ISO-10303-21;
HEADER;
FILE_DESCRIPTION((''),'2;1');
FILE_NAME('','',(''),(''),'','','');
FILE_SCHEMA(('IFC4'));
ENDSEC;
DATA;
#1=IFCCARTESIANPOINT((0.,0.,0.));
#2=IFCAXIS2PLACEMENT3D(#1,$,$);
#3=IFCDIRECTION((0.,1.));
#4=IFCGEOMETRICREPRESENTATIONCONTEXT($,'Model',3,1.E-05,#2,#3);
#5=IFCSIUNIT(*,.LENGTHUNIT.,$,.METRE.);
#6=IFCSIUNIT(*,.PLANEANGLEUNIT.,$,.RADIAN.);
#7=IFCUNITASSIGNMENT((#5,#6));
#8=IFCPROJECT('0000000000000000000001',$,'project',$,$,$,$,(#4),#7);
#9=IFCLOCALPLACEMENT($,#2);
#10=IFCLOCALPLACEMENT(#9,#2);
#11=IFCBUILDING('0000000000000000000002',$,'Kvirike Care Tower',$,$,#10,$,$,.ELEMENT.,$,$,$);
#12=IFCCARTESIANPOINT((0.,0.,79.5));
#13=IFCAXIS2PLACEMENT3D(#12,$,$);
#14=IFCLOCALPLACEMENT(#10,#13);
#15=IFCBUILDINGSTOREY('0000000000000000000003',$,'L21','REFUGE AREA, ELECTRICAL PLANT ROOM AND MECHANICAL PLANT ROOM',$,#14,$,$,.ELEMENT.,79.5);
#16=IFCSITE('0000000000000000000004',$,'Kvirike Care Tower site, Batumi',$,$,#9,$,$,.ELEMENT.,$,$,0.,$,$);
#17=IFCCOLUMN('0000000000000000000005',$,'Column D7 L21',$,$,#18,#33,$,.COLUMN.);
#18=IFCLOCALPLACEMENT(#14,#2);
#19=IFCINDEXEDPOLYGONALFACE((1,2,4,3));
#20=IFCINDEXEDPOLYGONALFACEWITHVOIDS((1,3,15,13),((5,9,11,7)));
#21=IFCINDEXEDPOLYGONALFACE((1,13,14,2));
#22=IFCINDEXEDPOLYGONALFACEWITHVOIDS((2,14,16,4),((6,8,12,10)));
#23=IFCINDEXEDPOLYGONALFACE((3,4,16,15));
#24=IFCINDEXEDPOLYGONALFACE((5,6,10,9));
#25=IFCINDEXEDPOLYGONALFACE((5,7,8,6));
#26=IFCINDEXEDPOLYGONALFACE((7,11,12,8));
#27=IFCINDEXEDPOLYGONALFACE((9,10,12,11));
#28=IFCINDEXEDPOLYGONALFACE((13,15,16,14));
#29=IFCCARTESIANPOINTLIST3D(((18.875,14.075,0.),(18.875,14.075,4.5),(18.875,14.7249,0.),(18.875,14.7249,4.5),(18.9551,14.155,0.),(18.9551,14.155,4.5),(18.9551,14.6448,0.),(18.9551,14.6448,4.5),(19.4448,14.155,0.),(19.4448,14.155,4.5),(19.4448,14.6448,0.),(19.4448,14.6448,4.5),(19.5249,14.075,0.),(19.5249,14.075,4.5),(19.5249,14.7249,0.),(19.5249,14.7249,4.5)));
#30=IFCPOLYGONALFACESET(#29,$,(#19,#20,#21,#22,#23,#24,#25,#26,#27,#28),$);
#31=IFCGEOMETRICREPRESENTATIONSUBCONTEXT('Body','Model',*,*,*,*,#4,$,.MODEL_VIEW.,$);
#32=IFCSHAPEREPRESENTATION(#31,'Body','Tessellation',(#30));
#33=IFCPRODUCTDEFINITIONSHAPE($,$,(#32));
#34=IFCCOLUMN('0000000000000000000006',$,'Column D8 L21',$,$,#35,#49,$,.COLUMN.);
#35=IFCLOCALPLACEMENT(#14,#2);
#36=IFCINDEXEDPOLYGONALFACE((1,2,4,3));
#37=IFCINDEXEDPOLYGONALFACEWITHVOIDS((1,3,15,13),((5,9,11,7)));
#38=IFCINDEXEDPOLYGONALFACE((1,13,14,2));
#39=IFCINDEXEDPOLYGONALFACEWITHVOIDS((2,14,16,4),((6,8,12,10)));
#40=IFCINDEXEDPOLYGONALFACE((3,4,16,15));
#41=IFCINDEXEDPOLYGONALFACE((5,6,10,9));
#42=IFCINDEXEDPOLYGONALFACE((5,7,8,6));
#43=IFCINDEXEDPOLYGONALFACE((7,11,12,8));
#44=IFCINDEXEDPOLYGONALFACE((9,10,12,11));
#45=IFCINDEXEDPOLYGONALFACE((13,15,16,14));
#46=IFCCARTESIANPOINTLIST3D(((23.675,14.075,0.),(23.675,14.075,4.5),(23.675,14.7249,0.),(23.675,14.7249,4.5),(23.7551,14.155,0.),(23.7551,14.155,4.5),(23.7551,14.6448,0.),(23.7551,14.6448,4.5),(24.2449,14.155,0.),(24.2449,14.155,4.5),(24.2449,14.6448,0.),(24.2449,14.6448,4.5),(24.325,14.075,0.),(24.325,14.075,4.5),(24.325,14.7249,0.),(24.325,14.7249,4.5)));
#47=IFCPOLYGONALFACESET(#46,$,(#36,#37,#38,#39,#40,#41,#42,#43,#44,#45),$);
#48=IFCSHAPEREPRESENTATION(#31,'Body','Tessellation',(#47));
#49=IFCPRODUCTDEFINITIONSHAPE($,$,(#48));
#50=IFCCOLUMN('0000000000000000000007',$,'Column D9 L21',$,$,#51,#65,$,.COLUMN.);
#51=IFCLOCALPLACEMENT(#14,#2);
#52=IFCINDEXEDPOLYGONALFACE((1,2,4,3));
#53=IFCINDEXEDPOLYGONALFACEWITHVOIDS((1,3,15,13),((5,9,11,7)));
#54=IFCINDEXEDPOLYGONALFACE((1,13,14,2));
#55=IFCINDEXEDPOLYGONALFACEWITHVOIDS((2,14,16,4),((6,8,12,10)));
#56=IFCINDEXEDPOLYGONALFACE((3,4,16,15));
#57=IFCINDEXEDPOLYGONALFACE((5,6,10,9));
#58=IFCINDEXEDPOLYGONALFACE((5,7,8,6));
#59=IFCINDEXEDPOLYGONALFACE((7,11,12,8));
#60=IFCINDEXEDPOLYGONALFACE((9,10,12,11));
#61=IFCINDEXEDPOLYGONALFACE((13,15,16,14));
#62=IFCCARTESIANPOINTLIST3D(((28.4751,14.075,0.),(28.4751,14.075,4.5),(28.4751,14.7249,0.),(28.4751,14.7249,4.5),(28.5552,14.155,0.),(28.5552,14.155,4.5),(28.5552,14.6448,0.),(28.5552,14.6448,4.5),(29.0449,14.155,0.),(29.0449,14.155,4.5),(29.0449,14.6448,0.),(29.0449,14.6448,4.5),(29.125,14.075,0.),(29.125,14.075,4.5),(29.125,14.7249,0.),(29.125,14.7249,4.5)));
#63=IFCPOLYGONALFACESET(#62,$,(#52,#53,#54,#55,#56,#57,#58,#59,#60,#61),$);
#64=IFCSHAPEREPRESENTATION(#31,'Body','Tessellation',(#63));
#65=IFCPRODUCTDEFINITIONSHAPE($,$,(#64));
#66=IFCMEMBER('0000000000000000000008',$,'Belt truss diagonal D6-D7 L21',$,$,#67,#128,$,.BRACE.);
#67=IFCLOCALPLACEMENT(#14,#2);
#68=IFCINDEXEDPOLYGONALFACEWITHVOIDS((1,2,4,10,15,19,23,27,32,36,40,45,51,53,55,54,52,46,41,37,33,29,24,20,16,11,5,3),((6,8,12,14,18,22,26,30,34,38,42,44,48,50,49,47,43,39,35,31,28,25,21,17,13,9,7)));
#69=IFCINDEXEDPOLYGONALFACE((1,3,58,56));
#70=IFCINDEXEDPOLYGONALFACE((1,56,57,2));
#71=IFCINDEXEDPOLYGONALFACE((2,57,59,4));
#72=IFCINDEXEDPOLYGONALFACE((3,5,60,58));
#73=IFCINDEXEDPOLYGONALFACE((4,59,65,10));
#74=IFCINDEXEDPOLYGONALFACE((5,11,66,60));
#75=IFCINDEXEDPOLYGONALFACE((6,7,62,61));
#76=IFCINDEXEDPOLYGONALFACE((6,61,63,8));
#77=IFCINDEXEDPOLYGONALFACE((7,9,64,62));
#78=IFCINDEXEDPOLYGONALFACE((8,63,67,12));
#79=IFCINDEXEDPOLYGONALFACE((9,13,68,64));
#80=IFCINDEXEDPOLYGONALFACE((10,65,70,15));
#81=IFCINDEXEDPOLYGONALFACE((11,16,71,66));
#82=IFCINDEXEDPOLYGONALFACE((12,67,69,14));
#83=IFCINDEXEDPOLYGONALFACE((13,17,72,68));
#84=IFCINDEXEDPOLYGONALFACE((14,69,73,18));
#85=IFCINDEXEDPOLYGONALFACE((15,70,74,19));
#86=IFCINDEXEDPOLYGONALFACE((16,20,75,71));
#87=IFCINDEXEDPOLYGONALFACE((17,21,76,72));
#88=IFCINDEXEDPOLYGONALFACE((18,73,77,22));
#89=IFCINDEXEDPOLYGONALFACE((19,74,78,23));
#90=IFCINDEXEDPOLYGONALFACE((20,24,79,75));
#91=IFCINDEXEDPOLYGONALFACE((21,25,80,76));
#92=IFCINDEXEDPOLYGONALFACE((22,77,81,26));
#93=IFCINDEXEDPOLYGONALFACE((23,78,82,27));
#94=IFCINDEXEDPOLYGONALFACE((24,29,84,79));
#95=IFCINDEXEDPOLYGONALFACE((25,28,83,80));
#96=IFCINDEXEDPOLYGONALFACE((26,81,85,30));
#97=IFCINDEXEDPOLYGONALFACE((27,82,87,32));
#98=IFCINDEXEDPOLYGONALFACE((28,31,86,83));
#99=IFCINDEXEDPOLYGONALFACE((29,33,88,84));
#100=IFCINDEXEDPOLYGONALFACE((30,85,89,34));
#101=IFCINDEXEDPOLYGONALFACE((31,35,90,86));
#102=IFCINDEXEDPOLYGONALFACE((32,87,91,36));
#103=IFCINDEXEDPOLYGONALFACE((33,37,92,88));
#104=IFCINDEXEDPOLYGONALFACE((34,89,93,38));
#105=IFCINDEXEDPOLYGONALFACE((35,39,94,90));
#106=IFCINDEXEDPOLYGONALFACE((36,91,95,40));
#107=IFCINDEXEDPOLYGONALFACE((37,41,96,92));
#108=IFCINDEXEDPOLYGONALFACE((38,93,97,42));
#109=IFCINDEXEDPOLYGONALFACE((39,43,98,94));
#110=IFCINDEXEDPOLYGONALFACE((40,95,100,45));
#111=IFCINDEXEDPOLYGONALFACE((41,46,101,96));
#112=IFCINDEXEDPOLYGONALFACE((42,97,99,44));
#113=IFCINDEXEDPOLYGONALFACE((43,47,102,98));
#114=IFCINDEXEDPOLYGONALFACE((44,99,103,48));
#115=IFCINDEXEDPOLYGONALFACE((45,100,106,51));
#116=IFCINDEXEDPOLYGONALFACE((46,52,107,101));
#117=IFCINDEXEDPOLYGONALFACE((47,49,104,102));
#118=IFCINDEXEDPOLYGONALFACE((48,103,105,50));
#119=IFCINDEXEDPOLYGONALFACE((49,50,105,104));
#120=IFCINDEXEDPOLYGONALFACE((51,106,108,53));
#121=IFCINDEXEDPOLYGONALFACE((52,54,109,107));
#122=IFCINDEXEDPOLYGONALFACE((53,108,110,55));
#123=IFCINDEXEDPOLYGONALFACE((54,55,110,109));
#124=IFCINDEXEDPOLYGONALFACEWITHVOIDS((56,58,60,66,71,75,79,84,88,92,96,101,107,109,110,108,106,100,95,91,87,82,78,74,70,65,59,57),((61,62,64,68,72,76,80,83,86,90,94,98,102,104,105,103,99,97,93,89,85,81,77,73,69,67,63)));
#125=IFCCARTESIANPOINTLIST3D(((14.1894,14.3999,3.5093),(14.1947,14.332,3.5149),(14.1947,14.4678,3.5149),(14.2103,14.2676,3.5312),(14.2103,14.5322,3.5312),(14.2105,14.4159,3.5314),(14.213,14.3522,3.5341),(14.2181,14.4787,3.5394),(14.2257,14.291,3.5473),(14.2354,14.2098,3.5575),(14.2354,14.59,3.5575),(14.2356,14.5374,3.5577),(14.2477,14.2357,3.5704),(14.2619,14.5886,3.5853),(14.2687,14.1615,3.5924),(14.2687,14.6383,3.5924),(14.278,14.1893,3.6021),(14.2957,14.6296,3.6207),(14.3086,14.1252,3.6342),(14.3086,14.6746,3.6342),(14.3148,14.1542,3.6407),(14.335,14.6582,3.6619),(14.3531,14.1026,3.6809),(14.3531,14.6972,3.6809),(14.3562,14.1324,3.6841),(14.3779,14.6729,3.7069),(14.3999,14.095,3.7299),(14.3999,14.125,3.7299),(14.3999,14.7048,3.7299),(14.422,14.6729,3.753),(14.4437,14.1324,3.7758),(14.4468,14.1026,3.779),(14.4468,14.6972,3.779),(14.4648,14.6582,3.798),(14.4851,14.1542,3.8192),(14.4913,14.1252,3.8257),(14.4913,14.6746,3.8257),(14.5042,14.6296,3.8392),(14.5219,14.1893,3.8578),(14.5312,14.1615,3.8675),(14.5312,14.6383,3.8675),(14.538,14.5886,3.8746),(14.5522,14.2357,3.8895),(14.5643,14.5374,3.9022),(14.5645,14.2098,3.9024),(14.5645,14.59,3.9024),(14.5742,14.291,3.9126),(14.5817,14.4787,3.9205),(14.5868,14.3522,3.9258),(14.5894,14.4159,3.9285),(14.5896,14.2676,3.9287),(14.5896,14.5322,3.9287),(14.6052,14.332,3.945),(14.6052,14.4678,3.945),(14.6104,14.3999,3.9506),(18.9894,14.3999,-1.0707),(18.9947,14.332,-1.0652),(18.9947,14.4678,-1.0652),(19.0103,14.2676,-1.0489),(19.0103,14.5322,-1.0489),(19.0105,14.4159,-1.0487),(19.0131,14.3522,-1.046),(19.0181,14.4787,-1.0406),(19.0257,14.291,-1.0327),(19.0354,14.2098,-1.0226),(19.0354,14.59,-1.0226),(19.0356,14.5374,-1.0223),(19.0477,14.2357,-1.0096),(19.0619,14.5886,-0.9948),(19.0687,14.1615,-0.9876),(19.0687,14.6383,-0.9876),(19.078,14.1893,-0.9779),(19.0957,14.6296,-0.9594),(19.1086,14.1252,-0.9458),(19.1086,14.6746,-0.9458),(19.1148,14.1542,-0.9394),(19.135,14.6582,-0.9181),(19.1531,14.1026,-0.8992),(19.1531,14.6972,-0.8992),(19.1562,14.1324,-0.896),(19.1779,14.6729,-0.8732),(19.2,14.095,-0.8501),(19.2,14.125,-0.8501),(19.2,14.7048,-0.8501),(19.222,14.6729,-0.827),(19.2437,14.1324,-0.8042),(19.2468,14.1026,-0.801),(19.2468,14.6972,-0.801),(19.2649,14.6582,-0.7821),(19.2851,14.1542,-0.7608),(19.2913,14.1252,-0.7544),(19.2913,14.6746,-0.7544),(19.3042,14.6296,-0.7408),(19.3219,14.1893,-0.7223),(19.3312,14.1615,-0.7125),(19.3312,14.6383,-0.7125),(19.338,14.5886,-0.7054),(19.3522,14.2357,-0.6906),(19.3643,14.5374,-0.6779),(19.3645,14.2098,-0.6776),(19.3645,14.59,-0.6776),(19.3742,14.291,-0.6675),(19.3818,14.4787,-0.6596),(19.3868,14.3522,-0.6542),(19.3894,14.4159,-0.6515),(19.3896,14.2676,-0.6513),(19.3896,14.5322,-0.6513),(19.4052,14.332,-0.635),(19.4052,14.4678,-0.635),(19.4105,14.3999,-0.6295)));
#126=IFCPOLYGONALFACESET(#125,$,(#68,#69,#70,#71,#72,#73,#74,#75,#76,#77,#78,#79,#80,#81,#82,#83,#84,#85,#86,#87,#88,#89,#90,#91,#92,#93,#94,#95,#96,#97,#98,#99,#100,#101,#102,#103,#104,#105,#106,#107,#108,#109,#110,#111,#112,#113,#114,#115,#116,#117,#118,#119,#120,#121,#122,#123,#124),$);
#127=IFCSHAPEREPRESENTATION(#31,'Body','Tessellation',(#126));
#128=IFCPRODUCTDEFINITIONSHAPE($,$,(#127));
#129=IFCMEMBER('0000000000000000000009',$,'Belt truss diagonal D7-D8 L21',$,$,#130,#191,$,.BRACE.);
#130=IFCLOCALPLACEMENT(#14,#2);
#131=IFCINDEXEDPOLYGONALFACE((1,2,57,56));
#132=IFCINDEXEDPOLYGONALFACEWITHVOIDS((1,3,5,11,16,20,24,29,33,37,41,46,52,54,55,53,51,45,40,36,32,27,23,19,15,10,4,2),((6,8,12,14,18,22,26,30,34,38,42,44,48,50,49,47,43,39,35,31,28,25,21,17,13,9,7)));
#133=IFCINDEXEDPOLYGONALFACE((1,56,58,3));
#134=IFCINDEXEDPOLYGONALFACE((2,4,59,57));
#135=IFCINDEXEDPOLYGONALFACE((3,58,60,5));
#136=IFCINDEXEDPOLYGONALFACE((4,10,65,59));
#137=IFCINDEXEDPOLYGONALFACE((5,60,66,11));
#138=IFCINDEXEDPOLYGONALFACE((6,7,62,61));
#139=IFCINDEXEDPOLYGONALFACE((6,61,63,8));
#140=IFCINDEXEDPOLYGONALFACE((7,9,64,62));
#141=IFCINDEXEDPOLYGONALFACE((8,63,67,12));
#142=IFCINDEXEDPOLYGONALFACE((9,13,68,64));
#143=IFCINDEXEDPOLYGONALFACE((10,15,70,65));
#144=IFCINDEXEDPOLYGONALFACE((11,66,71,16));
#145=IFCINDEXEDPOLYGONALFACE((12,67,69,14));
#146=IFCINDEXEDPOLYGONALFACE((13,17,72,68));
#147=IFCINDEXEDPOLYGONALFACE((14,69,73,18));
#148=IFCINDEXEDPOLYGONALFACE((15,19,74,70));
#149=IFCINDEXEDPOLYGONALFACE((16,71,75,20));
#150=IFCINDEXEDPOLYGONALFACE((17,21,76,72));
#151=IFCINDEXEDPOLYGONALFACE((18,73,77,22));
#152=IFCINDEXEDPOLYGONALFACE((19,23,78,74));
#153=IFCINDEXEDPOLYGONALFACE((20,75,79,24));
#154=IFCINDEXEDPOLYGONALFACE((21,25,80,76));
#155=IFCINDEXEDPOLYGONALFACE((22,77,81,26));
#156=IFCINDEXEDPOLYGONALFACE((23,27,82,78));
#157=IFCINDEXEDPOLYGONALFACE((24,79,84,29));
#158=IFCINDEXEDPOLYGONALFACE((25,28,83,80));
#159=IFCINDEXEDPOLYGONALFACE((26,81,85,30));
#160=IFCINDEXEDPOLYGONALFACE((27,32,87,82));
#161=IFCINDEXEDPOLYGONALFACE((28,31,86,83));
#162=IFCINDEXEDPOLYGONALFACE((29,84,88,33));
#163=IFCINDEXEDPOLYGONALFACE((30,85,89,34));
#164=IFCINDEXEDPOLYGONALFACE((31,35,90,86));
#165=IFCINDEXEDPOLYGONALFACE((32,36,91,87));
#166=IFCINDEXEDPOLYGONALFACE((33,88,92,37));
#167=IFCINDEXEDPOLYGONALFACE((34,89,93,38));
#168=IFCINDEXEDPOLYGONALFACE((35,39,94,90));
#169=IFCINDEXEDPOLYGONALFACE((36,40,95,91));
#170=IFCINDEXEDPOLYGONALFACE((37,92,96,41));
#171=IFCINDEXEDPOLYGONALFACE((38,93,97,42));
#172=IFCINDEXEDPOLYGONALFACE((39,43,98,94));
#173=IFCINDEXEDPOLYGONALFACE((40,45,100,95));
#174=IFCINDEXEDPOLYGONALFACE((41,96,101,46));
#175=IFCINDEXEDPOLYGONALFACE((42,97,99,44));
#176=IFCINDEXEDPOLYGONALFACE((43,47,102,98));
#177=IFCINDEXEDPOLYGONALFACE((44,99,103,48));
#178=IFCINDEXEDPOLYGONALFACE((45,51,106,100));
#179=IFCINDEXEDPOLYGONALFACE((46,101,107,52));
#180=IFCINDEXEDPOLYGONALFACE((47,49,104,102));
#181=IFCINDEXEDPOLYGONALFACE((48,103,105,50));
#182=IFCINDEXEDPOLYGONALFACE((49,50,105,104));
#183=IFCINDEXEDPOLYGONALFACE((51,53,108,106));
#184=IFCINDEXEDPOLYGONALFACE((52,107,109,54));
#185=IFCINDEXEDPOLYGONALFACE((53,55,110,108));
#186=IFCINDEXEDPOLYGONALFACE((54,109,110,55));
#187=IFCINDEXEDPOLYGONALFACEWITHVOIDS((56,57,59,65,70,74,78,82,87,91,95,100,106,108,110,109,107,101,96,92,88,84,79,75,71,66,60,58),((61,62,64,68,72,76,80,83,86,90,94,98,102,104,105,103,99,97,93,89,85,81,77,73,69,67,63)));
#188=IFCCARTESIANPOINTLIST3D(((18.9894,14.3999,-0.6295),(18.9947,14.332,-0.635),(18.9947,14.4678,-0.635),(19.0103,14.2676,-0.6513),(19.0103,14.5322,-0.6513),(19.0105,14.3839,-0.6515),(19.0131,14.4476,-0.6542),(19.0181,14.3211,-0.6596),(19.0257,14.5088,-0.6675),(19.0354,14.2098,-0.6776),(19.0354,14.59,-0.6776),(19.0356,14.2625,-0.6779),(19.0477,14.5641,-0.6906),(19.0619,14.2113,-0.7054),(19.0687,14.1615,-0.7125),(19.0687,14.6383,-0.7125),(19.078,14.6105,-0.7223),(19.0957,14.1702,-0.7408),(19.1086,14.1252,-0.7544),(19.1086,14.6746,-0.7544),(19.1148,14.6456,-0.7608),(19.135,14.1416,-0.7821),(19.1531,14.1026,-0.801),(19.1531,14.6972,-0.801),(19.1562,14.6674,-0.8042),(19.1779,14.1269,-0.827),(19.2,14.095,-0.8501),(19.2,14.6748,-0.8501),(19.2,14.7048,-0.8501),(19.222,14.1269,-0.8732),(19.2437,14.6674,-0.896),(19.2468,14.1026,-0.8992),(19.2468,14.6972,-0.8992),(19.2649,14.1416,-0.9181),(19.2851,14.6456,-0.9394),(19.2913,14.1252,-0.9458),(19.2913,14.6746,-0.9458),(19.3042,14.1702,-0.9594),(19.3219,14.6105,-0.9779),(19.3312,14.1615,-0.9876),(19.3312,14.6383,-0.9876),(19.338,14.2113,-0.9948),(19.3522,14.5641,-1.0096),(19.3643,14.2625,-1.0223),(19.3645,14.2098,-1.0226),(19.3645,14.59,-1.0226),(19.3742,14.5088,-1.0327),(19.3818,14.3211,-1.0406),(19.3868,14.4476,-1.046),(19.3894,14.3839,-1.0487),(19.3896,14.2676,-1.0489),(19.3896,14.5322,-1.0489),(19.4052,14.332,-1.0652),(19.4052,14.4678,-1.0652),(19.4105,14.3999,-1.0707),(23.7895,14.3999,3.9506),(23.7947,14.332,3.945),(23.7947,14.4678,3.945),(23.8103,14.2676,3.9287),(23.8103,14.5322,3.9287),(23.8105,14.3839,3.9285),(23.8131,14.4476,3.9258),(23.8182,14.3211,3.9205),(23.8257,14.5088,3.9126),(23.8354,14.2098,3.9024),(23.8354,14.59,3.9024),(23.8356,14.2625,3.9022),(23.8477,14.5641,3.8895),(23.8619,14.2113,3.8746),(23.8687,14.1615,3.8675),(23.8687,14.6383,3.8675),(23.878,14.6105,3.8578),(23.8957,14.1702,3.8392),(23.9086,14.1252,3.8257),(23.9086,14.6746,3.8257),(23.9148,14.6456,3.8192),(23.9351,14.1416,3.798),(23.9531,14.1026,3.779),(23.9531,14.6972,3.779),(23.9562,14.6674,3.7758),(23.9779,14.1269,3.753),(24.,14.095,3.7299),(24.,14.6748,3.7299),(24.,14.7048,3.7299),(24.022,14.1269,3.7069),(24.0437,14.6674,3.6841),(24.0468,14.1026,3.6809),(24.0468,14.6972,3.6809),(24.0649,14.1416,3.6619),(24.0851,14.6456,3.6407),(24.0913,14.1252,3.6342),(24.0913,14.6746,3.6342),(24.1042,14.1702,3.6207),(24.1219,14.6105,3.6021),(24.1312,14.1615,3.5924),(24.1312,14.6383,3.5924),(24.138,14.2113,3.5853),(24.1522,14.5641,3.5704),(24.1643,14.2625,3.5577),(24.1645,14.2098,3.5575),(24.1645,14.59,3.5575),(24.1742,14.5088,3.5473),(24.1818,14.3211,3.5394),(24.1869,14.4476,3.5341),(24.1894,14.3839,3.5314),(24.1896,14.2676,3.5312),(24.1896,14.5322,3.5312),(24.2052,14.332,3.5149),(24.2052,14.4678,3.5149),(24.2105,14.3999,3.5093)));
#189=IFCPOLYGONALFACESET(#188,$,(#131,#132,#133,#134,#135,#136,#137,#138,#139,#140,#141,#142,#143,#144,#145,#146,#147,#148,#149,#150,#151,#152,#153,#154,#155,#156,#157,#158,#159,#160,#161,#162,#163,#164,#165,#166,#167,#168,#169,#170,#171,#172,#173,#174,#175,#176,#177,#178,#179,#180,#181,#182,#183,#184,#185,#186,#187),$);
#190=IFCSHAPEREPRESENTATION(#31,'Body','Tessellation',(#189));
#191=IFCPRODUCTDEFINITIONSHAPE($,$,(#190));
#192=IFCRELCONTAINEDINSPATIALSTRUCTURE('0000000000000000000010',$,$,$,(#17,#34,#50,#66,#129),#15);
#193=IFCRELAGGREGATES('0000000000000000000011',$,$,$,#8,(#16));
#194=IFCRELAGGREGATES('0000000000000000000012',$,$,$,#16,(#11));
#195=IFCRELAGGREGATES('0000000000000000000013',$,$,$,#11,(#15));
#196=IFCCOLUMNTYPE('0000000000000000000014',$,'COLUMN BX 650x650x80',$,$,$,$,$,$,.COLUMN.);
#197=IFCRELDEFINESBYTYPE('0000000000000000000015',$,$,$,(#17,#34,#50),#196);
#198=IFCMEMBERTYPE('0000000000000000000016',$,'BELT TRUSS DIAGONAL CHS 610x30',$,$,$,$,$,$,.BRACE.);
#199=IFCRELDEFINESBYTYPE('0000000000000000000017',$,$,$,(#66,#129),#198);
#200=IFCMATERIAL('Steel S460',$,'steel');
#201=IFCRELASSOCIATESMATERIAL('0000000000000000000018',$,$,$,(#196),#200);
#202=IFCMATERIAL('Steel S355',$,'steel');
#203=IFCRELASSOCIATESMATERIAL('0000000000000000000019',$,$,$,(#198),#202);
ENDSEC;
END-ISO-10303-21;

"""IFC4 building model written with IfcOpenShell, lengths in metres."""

from ifc_helpers import new_model, si_unit, direction, frame, origin, origin_2d, place, context, subcontext, project, spatial, hollow_rectangle, hollow_circle, extrude, material, material_profile, profile_set, type_object, element, save


model = new_model("IFC4")

# Units and contexts
model_context = context("Model", 3, precision=1e-05, world=origin(), true_north=direction((0.0, 1.0)))
body_context = subcontext(model_context, "Body", "Model", "MODEL_VIEW")
ifc_project = project(units=[si_unit("LENGTHUNIT", "METRE"), si_unit("PLANEANGLEUNIT", "RADIAN")], contexts=[model_context])

# Site, building, storey
site_placement = place(None, origin())
site = spatial("IfcSite", under=ifc_project, at=site_placement, Name="Kvirike Care Tower site, Batumi", CompositionType="ELEMENT", RefElevation=0.0)
building_placement = place(site_placement, origin())
building = spatial("IfcBuilding", under=site, at=building_placement, Name="Kvirike Care Tower", CompositionType="ELEMENT")
storey_placement = place(building_placement, frame((0.0, 0.0, 79.5)))
storey = spatial("IfcBuildingStorey", under=building, at=storey_placement, Name="L21", Description="REFUGE AREA, ELECTRICAL PLANT ROOM AND MECHANICAL PLANT ROOM", CompositionType="ELEMENT", Elevation=79.5)

# Columns
ifc_material_1 = material(Name="Steel S460", Category="steel")
ifc_material_profile_1 = material_profile(ifc_material_1, hollow_rectangle(XDim=0.6499, YDim=0.6499, WallThickness=0.0801, at=origin_2d()), Name="BX 650x650x80")
ifc_profile_set_1 = profile_set([ifc_material_profile_1], Name="Steel S460")
column_type = type_object("IfcColumnType", Name="COLUMN BX 650x650x80", PredefinedType="COLUMN", material=ifc_profile_set_1)
for number, where, z_axis, x_axis, name in (
    (1, (19.2, 14.3999, 0.0), (0.0, 0.0, 1.0), (0.0, 1.0, 0.0), "Column D7 L21"),
    (2, (24.0, 14.3999, 0.0), (0.0, 0.0, 1.0), (0.0, 1.0, 0.0), "Column D8 L21"),
    (3, (28.8, 14.3999, 0.0), (0.0, 0.0, 1.0), (0.0, 1.0, 0.0), "Column D9 L21"),
):
    element("IfcColumn", number, at=place(storey_placement, frame(where, z_axis=z_axis, x_axis=x_axis)), inside=storey, type_object=column_type, Name=name, PredefinedType="COLUMN", context=body_context, shape_type="SweptSolid", body=[
        extrude(hollow_rectangle(XDim=0.6499, YDim=0.6499, WallThickness=0.0801, at=origin_2d()), origin(), (0.0, 0.0, 1.0), 4.5),
    ])

# Members
ifc_material_2 = material(Name="Steel S355", Category="steel")
ifc_material_profile_2 = material_profile(ifc_material_2, hollow_circle(Radius=0.3049, WallThickness=0.03, at=origin_2d()), Name="CHS 610x30")
ifc_profile_set_2 = profile_set([ifc_material_profile_2], Name="Steel S355")
member_type_1 = type_object("IfcMemberType", Name="BELT TRUSS DIAGONAL CHS 610x30", PredefinedType="BRACE", material=ifc_profile_set_2)
for number, where, z_axis, x_axis, name in (
    (4, (19.2, 14.3999, -0.8501), (-0.72349, 0.0, 0.690335), (0.0, -1.0, 0.0), "Belt truss diagonal D6-D7 L21"),
    (5, (19.2, 14.3999, -0.8501), (0.72349, 0.0, 0.690335), (0.0, 1.0, 0.0), "Belt truss diagonal D7-D8 L21"),
):
    element("IfcMember", number, at=place(storey_placement, frame(where, z_axis=z_axis, x_axis=x_axis)), inside=storey, type_object=member_type_1, Name=name, PredefinedType="BRACE", context=body_context, shape_type="SweptSolid", body=[
        extrude(hollow_circle(Radius=0.3049, WallThickness=0.03, at=origin_2d()), origin(), (0.0, 0.0, 1.0), 6.6345),
    ])

save(model, "model.ifc")
